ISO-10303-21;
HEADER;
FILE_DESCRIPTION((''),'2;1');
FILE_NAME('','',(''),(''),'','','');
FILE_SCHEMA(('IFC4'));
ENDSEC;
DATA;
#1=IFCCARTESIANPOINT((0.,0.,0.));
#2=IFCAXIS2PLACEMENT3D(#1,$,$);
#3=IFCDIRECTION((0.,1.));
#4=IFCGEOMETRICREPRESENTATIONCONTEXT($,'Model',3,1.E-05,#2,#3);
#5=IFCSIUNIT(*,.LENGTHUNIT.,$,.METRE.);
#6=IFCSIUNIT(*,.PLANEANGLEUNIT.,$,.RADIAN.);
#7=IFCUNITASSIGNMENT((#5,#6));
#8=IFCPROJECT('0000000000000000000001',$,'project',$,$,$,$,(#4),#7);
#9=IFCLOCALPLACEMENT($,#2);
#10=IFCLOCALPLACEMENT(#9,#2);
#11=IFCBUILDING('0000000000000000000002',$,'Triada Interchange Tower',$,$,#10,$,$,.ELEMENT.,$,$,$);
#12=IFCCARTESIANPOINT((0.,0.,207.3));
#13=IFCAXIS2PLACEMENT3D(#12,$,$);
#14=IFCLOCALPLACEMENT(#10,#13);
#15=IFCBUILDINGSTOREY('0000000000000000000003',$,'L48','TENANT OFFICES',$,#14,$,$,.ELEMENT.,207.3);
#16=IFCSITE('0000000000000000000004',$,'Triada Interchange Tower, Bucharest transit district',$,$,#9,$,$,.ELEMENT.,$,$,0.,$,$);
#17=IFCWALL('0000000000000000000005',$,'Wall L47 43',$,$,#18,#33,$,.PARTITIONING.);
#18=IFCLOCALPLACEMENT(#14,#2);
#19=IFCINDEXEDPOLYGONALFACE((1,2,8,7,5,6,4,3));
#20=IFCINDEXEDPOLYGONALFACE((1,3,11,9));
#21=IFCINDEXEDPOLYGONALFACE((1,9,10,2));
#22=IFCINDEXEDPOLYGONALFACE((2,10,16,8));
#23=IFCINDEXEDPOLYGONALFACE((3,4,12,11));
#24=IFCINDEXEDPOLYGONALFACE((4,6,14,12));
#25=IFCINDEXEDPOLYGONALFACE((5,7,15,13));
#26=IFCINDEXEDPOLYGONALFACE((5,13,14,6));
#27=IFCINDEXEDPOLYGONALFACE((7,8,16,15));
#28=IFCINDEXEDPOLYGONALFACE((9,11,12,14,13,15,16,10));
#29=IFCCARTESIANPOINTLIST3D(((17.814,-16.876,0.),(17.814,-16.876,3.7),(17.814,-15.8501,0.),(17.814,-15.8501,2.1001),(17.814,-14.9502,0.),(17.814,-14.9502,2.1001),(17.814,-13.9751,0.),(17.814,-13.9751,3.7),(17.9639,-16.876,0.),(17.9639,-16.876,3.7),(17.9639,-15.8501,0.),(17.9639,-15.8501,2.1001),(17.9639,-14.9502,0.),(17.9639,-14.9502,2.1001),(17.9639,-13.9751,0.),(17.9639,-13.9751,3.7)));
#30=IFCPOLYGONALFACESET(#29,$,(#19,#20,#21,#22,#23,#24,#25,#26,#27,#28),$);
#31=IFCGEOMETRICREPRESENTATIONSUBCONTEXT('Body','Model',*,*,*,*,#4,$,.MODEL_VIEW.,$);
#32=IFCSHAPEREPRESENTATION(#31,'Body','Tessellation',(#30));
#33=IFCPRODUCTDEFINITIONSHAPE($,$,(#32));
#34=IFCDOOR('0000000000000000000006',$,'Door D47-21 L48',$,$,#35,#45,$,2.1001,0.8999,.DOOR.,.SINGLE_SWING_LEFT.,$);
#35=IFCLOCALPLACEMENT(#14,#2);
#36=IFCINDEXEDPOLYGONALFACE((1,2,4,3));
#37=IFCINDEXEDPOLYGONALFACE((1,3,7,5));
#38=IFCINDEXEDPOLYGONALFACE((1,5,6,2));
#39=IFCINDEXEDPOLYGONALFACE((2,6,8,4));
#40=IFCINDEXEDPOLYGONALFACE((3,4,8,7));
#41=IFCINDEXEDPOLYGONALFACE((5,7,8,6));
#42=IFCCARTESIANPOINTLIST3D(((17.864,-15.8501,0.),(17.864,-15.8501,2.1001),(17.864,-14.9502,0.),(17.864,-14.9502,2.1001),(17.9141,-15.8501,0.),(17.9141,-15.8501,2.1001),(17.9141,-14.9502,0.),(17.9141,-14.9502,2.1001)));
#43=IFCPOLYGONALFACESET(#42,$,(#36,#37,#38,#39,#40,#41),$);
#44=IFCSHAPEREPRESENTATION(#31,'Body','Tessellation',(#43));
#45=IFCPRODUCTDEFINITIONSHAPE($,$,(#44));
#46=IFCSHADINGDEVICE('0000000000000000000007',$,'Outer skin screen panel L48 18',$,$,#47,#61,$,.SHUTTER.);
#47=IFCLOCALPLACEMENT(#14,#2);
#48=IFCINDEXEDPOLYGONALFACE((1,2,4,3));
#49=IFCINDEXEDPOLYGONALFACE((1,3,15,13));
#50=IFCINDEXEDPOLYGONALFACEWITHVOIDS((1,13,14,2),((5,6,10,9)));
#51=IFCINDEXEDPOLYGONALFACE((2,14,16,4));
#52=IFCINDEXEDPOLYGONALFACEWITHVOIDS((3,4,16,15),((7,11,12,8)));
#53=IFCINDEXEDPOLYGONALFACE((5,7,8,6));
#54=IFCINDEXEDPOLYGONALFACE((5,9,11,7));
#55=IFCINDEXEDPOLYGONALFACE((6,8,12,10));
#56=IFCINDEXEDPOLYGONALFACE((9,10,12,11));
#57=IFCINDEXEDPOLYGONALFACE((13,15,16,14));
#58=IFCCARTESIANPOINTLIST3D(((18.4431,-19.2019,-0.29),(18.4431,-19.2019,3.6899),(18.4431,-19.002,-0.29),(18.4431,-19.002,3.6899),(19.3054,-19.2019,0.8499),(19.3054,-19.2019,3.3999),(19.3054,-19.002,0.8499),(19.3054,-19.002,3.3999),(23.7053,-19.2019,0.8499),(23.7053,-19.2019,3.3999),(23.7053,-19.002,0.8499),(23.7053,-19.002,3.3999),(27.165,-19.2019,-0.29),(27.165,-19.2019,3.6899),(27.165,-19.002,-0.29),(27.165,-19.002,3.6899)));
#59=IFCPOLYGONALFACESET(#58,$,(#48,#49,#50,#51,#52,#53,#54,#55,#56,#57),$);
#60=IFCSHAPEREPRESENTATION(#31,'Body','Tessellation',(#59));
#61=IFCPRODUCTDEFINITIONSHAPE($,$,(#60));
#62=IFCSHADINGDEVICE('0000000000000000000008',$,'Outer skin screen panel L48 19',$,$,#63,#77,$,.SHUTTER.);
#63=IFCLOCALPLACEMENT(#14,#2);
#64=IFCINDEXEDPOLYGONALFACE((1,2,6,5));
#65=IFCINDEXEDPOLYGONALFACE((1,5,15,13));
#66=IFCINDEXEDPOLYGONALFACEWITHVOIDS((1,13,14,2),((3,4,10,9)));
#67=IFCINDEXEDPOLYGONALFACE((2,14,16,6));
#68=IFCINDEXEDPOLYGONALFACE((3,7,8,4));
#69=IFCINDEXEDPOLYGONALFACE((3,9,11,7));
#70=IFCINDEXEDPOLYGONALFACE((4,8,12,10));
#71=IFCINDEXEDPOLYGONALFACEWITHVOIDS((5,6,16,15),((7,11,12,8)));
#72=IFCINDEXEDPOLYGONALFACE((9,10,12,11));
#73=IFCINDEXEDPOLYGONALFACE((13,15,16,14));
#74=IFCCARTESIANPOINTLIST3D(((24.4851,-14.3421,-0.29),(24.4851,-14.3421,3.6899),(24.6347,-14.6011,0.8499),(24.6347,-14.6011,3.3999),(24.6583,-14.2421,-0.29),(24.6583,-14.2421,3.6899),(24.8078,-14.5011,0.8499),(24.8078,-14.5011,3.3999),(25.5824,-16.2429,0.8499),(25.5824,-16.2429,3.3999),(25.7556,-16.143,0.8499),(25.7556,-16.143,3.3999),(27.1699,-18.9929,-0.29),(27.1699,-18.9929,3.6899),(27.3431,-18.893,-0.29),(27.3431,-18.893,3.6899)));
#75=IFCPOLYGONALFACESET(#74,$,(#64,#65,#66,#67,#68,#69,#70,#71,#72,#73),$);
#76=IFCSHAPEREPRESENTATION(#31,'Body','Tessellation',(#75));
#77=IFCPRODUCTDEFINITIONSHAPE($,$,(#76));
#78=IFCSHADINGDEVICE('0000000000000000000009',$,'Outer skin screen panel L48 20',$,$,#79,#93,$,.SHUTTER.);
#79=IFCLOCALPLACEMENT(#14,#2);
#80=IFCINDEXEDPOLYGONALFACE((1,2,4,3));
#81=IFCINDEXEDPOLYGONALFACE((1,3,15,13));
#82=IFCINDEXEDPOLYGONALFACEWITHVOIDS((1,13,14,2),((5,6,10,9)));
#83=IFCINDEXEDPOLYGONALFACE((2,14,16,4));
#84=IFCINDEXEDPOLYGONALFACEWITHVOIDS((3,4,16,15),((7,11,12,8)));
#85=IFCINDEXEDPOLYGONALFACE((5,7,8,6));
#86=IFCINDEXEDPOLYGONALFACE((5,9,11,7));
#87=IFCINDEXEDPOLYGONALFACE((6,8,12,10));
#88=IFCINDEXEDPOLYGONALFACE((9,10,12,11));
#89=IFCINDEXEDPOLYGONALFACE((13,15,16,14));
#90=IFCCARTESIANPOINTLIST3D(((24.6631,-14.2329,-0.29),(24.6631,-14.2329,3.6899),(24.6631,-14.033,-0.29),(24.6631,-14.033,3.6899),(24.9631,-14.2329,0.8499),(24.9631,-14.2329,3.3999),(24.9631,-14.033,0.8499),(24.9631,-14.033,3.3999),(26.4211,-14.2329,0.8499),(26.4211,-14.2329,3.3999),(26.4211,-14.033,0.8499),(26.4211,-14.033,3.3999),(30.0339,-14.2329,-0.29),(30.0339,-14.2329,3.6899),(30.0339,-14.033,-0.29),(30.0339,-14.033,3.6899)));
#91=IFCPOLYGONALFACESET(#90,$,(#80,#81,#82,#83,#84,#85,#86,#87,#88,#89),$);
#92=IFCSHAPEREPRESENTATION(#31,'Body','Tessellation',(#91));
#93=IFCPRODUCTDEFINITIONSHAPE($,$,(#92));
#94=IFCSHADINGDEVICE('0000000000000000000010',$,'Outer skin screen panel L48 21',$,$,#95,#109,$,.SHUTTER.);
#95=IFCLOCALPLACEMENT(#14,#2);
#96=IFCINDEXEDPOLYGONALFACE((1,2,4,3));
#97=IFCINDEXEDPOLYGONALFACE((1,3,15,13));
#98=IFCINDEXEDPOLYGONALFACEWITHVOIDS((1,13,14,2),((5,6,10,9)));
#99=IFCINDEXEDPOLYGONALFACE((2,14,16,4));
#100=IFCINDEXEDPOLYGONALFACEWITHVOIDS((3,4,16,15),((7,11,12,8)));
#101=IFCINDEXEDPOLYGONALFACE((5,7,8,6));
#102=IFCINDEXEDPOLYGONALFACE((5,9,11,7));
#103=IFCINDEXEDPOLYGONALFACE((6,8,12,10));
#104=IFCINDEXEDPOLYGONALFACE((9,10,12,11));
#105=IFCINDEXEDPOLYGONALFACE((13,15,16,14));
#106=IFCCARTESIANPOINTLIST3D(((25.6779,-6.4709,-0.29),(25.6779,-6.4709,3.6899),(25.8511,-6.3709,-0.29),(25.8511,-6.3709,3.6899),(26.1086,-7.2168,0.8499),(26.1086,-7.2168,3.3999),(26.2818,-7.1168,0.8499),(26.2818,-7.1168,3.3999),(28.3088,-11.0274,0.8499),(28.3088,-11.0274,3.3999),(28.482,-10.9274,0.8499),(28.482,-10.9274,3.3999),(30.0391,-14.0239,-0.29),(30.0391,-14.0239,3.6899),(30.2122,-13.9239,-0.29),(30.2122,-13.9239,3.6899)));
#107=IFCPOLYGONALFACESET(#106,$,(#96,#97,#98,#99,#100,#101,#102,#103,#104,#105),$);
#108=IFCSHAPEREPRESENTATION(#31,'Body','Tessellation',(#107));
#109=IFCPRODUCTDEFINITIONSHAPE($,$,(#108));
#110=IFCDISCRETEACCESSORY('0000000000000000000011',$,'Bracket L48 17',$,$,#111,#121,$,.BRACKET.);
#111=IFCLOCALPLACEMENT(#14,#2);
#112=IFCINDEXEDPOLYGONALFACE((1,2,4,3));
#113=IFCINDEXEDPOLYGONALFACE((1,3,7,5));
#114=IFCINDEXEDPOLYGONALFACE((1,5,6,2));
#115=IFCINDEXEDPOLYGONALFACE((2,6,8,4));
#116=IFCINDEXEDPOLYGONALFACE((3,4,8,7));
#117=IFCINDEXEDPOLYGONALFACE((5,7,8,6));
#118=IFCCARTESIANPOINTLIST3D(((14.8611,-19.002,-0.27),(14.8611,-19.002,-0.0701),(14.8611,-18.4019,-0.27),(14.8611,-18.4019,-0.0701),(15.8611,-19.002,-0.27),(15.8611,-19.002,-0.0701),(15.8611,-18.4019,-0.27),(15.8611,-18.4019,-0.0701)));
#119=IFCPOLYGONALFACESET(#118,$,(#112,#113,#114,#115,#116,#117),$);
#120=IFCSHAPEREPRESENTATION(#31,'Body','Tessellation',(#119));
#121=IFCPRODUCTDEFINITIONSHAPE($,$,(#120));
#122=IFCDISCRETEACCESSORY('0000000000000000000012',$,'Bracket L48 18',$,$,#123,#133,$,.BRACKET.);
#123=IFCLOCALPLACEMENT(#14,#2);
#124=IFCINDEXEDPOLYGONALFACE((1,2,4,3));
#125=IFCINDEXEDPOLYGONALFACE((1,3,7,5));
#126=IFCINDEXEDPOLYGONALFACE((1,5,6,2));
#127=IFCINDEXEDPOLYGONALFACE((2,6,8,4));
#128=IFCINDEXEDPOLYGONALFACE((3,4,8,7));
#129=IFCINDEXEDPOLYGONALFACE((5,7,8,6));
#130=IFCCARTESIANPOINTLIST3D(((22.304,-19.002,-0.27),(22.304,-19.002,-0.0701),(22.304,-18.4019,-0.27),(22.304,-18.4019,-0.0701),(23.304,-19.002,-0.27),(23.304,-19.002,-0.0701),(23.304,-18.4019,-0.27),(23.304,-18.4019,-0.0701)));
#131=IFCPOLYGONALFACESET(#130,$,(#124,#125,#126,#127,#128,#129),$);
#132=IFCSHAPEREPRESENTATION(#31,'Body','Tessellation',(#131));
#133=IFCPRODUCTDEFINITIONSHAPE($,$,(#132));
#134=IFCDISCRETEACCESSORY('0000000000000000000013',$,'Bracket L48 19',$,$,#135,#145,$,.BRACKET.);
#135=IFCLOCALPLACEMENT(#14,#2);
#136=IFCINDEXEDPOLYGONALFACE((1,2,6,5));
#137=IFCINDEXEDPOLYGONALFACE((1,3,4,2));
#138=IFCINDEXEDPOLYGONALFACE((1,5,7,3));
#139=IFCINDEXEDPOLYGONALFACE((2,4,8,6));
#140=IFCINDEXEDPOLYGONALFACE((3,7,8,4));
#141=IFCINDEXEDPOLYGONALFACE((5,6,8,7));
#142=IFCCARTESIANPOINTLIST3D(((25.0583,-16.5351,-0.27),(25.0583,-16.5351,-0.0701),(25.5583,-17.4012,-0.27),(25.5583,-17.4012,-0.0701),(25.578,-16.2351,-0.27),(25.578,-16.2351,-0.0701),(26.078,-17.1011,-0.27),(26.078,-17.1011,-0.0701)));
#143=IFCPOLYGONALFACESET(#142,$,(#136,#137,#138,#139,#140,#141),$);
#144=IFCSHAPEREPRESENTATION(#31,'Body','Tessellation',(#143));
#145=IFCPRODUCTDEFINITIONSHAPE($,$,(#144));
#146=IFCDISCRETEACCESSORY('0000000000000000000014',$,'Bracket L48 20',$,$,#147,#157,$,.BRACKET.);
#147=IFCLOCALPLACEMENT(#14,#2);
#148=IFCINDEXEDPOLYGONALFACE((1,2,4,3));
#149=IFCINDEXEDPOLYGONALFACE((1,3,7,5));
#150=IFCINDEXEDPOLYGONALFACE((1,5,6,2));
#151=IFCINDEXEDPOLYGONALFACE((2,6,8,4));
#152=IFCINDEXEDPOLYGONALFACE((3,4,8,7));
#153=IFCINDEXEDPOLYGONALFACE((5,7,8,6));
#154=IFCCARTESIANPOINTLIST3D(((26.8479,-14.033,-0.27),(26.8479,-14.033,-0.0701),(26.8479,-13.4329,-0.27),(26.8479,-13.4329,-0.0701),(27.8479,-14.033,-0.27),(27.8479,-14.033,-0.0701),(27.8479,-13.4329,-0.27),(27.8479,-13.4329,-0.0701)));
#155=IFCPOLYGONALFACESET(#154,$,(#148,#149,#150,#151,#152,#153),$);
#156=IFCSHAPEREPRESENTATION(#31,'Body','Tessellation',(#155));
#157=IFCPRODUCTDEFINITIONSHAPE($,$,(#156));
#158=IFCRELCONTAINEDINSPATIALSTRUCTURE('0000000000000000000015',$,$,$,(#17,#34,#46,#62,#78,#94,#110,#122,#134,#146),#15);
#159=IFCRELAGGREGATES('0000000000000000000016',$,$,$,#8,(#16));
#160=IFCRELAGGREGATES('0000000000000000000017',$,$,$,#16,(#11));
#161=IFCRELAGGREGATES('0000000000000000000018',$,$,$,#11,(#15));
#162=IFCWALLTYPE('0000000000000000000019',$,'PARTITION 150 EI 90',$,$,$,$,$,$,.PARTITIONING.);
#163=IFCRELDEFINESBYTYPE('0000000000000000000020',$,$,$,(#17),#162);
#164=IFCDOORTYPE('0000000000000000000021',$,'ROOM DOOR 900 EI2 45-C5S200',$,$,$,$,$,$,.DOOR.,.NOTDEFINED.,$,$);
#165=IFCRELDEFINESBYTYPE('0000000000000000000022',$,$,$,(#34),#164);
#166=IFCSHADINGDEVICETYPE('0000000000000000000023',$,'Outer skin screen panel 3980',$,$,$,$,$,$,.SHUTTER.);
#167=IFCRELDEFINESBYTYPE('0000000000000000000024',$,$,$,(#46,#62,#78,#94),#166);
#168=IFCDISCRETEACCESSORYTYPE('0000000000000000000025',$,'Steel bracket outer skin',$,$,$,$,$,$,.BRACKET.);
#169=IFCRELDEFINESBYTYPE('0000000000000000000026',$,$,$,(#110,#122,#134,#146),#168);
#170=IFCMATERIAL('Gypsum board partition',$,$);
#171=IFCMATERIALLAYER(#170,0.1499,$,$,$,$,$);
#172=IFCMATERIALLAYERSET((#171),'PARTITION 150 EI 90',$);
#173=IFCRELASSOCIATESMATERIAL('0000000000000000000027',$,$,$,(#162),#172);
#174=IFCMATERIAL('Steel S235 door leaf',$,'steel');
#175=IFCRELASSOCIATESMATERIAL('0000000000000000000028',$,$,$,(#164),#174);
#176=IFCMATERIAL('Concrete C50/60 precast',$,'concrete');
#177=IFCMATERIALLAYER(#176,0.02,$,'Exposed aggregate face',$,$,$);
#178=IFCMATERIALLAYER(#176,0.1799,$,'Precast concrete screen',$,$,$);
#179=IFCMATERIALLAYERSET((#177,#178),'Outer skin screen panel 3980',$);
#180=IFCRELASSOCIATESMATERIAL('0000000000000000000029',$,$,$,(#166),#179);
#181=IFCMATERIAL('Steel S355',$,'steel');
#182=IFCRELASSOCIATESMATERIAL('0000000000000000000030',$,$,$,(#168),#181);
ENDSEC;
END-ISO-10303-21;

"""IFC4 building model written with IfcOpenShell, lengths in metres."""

from ifc_helpers import new_model, si_unit, direction, frame, frame_2d, origin, origin_2d, place, context, subcontext, project, spatial, polyline, rectangle, outline, extrude, material, layer, layer_set, type_object, element, fill, save


model = new_model("IFC4")

# Units and contexts
model_context = context("Model", 3, precision=1e-05, world=origin(), true_north=direction((0.0, 1.0)))
body_context = subcontext(model_context, "Body", "Model", "MODEL_VIEW")
ifc_project = project(units=[si_unit("LENGTHUNIT", "METRE"), si_unit("PLANEANGLEUNIT", "RADIAN")], contexts=[model_context])

# Site, building, storey
site_placement = place(None, origin())
site = spatial("IfcSite", under=ifc_project, at=site_placement, Name="Triada Interchange Tower, Bucharest transit district", CompositionType="ELEMENT", RefElevation=0.0)
building_placement = place(site_placement, origin())
building = spatial("IfcBuilding", under=site, at=building_placement, Name="Triada Interchange Tower", CompositionType="ELEMENT")
storey_placement = place(building_placement, frame((0.0, 0.0, 207.3)))
storey = spatial("IfcBuildingStorey", under=building, at=storey_placement, Name="L48", Description="TENANT OFFICES", CompositionType="ELEMENT", Elevation=207.3)

# Wall, opening, door
ifc_material_1 = material(Name="Gypsum board partition")
ifc_layer_1 = layer(ifc_material_1, 0.1499)
ifc_layer_set_1 = layer_set([ifc_layer_1], Name="PARTITION 150 EI 90")
wall_type_1 = type_object("IfcWallType", Name="PARTITION 150 EI 90", PredefinedType="PARTITIONING", material=ifc_layer_set_1)
wall_1_placement = place(storey_placement, frame((17.8889, -16.876, 0.0), z_axis=(0.0, 0.0, 1.0), x_axis=(0.0, 1.0, 0.0)))
wall_1 = element("IfcWall", 1, at=wall_1_placement, inside=storey, type_object=wall_type_1, Name="Wall L47 43", PredefinedType="PARTITIONING", context=body_context, shape_type="SweptSolid", body=[
    extrude(rectangle(XDim=2.9009, YDim=0.1499, at=frame_2d((1.4504, 0.0))), origin(), (0.0, 0.0, 1.0), 3.7),
])
opening_1_placement = place(wall_1_placement, frame((1.0259, 0.0, 0.0)))
opening_1 = element("IfcOpeningElement", 2, at=opening_1_placement, cuts=wall_1, PredefinedType="OPENING", context=body_context, shape_type="SweptSolid", body=[
    extrude(rectangle(XDim=0.8999, YDim=2.1001, at=frame_2d((0.45, 1.05))), frame((0.0, 0.085, 0.0), z_axis=(0.0, -1.0, 0.0), x_axis=(1.0, 0.0, 0.0)), (0.0, 0.0, 1.0), 0.1699),
])
ifc_material_2 = material(Name="Steel S235 door leaf", Category="steel")
door_type = type_object("IfcDoorType", Name="ROOM DOOR 900 EI2 45-C5S200", OperationType="NOTDEFINED", PredefinedType="DOOR", material=ifc_material_2)
door_placement = place(opening_1_placement, origin())
door = element("IfcDoor", 3, at=door_placement, inside=storey, type_object=door_type, Name="Door D47-21 L48", OperationType="SINGLE_SWING_LEFT", OverallHeight=2.1001, OverallWidth=0.8999, PredefinedType="DOOR", context=body_context, shape_type="SweptSolid", body=[
    extrude(rectangle(XDim=0.8999, YDim=2.1001, at=frame_2d((0.45, 1.05))), frame((0.0, 0.0249, 0.0), z_axis=(0.0, -1.0, 0.0), x_axis=(1.0, 0.0, 0.0)), (0.0, 0.0, 1.0), 0.05),
])
fill(opening_1, door)

# Shading devices
ifc_material_3 = material(Name="Concrete C50/60 precast", Category="concrete")
ifc_layer_2 = layer(ifc_material_3, 0.02, Name="Exposed aggregate face")
ifc_layer_3 = layer(ifc_material_3, 0.1799, Name="Precast concrete screen")
ifc_layer_set_2 = layer_set([ifc_layer_2, ifc_layer_3], Name="Outer skin screen panel 3980")
shading_device_type = type_object("IfcShadingDeviceType", Name="Outer skin screen panel 3980", PredefinedType="SHUTTER", material=ifc_layer_set_2)
shading_device_1_placement = place(storey_placement, frame((18.4431, -19.002, -0.29), z_axis=(0.0, 0.0, 1.0), x_axis=(1.0, 0.0, 0.0)))
element("IfcShadingDevice", 4, at=shading_device_1_placement, inside=storey, type_object=shading_device_type, Name="Outer skin screen panel L48 18", PredefinedType="SHUTTER", context=body_context, shape_type="SweptSolid", body=[
    extrude(outline(polyline([(0.0, 0.0), (8.7219, 0.0), (8.7219, 3.98), (0.0, 3.98), (0.0, 0.0)]), holes=[polyline([(0.8623, 1.1399), (0.8623, 3.6899), (5.2622, 3.6899), (5.2622, 1.1399), (0.8623, 1.1399)])]), frame((0.0, 0.0, 0.0), z_axis=(0.0, -1.0, 0.0), x_axis=(1.0, 0.0, 0.0)), (0.0, 0.0, 1.0), 0.2),
])
shading_device_2_placement = place(storey_placement, frame((27.1699, -18.9929, -0.29), z_axis=(0.0, 0.0, 1.0), x_axis=(-0.499948, 0.866055, 0.0)))
element("IfcShadingDevice", 5, at=shading_device_2_placement, inside=storey, type_object=shading_device_type, Name="Outer skin screen panel L48 19", PredefinedType="SHUTTER", context=body_context, shape_type="SweptSolid", body=[
    extrude(outline(polyline([(0.0, 0.0), (5.3701, 0.0), (5.3701, 3.98), (0.0, 3.98), (0.0, 0.0)]), holes=[polyline([(3.1753, 1.1399), (3.1753, 3.6899), (5.071, 3.6899), (5.071, 1.1399), (3.1753, 1.1399)])]), frame((0.0, 0.0, 0.0), z_axis=(0.0, -1.0, 0.0), x_axis=(1.0, 0.0, 0.0)), (0.0, 0.0, 1.0), 0.2),
])
shading_device_3_placement = place(storey_placement, frame((24.6631, -14.033, -0.29), z_axis=(0.0, 0.0, 1.0), x_axis=(1.0, 0.0, 0.0)))
element("IfcShadingDevice", 6, at=shading_device_3_placement, inside=storey, type_object=shading_device_type, Name="Outer skin screen panel L48 20", PredefinedType="SHUTTER", context=body_context, shape_type="SweptSolid", body=[
    extrude(outline(polyline([(0.0, 0.0), (5.3708, 0.0), (5.3708, 3.98), (0.0, 3.98), (0.0, 0.0)]), holes=[polyline([(0.3, 1.1399), (0.3, 3.6899), (1.7581, 3.6899), (1.7581, 1.1399), (0.3, 1.1399)])]), frame((0.0, 0.0, 0.0), z_axis=(0.0, -1.0, 0.0), x_axis=(1.0, 0.0, 0.0)), (0.0, 0.0, 1.0), 0.2),
])
shading_device_4_placement = place(storey_placement, frame((30.0391, -14.0239, -0.29), z_axis=(0.0, 0.0, 1.0), x_axis=(-0.500032, 0.866007, 0.0)))
element("IfcShadingDevice", 7, at=shading_device_4_placement, inside=storey, type_object=shading_device_type, Name="Outer skin screen panel L48 21", PredefinedType="SHUTTER", context=body_context, shape_type="SweptSolid", body=[
    extrude(outline(polyline([(0.0, 0.0), (8.7217, 0.0), (8.7217, 3.98), (0.0, 3.98), (0.0, 0.0)]), holes=[polyline([(3.4602, 1.1399), (3.4602, 3.6899), (7.8604, 3.6899), (7.8604, 1.1399), (3.4602, 1.1399)])]), frame((0.0, 0.0, 0.0), z_axis=(0.0, -1.0, 0.0), x_axis=(1.0, 0.0, 0.0)), (0.0, 0.0, 1.0), 0.2),
])

# Discrete accessories
ifc_material_4 = material(Name="Steel S355", Category="steel")
discrete_accessory_type = type_object("IfcDiscreteAccessoryType", Name="Steel bracket outer skin", PredefinedType="BRACKET", material=ifc_material_4)
for number, where, z_axis, x_axis, name in (
    (8, (15.3611, -18.7019, -0.27), (0.0, 0.0, 1.0), (0.0, -1.0, 0.0), "Bracket L48 17"),
    (9, (22.804, -18.7019, -0.27), (0.0, 0.0, 1.0), (0.0, -1.0, 0.0), "Bracket L48 18"),
    (10, (25.5681, -16.8181, -0.27), (0.0, 0.0, 1.0), (0.866014, 0.500019, 0.0), "Bracket L48 19"),
    (11, (27.3479, -13.7329, -0.27), (0.0, 0.0, 1.0), (0.0, -1.0, 0.0), "Bracket L48 20"),
):
    element("IfcDiscreteAccessory", number, at=place(storey_placement, frame(where, z_axis=z_axis, x_axis=x_axis)), inside=storey, type_object=discrete_accessory_type, Name=name, PredefinedType="BRACKET", context=body_context, shape_type="SweptSolid", body=[
        extrude(rectangle(XDim=0.6001, YDim=1.0, at=origin_2d()), origin(), (0.0, 0.0, 1.0), 0.2),
    ])

save(model, "model.ifc")
